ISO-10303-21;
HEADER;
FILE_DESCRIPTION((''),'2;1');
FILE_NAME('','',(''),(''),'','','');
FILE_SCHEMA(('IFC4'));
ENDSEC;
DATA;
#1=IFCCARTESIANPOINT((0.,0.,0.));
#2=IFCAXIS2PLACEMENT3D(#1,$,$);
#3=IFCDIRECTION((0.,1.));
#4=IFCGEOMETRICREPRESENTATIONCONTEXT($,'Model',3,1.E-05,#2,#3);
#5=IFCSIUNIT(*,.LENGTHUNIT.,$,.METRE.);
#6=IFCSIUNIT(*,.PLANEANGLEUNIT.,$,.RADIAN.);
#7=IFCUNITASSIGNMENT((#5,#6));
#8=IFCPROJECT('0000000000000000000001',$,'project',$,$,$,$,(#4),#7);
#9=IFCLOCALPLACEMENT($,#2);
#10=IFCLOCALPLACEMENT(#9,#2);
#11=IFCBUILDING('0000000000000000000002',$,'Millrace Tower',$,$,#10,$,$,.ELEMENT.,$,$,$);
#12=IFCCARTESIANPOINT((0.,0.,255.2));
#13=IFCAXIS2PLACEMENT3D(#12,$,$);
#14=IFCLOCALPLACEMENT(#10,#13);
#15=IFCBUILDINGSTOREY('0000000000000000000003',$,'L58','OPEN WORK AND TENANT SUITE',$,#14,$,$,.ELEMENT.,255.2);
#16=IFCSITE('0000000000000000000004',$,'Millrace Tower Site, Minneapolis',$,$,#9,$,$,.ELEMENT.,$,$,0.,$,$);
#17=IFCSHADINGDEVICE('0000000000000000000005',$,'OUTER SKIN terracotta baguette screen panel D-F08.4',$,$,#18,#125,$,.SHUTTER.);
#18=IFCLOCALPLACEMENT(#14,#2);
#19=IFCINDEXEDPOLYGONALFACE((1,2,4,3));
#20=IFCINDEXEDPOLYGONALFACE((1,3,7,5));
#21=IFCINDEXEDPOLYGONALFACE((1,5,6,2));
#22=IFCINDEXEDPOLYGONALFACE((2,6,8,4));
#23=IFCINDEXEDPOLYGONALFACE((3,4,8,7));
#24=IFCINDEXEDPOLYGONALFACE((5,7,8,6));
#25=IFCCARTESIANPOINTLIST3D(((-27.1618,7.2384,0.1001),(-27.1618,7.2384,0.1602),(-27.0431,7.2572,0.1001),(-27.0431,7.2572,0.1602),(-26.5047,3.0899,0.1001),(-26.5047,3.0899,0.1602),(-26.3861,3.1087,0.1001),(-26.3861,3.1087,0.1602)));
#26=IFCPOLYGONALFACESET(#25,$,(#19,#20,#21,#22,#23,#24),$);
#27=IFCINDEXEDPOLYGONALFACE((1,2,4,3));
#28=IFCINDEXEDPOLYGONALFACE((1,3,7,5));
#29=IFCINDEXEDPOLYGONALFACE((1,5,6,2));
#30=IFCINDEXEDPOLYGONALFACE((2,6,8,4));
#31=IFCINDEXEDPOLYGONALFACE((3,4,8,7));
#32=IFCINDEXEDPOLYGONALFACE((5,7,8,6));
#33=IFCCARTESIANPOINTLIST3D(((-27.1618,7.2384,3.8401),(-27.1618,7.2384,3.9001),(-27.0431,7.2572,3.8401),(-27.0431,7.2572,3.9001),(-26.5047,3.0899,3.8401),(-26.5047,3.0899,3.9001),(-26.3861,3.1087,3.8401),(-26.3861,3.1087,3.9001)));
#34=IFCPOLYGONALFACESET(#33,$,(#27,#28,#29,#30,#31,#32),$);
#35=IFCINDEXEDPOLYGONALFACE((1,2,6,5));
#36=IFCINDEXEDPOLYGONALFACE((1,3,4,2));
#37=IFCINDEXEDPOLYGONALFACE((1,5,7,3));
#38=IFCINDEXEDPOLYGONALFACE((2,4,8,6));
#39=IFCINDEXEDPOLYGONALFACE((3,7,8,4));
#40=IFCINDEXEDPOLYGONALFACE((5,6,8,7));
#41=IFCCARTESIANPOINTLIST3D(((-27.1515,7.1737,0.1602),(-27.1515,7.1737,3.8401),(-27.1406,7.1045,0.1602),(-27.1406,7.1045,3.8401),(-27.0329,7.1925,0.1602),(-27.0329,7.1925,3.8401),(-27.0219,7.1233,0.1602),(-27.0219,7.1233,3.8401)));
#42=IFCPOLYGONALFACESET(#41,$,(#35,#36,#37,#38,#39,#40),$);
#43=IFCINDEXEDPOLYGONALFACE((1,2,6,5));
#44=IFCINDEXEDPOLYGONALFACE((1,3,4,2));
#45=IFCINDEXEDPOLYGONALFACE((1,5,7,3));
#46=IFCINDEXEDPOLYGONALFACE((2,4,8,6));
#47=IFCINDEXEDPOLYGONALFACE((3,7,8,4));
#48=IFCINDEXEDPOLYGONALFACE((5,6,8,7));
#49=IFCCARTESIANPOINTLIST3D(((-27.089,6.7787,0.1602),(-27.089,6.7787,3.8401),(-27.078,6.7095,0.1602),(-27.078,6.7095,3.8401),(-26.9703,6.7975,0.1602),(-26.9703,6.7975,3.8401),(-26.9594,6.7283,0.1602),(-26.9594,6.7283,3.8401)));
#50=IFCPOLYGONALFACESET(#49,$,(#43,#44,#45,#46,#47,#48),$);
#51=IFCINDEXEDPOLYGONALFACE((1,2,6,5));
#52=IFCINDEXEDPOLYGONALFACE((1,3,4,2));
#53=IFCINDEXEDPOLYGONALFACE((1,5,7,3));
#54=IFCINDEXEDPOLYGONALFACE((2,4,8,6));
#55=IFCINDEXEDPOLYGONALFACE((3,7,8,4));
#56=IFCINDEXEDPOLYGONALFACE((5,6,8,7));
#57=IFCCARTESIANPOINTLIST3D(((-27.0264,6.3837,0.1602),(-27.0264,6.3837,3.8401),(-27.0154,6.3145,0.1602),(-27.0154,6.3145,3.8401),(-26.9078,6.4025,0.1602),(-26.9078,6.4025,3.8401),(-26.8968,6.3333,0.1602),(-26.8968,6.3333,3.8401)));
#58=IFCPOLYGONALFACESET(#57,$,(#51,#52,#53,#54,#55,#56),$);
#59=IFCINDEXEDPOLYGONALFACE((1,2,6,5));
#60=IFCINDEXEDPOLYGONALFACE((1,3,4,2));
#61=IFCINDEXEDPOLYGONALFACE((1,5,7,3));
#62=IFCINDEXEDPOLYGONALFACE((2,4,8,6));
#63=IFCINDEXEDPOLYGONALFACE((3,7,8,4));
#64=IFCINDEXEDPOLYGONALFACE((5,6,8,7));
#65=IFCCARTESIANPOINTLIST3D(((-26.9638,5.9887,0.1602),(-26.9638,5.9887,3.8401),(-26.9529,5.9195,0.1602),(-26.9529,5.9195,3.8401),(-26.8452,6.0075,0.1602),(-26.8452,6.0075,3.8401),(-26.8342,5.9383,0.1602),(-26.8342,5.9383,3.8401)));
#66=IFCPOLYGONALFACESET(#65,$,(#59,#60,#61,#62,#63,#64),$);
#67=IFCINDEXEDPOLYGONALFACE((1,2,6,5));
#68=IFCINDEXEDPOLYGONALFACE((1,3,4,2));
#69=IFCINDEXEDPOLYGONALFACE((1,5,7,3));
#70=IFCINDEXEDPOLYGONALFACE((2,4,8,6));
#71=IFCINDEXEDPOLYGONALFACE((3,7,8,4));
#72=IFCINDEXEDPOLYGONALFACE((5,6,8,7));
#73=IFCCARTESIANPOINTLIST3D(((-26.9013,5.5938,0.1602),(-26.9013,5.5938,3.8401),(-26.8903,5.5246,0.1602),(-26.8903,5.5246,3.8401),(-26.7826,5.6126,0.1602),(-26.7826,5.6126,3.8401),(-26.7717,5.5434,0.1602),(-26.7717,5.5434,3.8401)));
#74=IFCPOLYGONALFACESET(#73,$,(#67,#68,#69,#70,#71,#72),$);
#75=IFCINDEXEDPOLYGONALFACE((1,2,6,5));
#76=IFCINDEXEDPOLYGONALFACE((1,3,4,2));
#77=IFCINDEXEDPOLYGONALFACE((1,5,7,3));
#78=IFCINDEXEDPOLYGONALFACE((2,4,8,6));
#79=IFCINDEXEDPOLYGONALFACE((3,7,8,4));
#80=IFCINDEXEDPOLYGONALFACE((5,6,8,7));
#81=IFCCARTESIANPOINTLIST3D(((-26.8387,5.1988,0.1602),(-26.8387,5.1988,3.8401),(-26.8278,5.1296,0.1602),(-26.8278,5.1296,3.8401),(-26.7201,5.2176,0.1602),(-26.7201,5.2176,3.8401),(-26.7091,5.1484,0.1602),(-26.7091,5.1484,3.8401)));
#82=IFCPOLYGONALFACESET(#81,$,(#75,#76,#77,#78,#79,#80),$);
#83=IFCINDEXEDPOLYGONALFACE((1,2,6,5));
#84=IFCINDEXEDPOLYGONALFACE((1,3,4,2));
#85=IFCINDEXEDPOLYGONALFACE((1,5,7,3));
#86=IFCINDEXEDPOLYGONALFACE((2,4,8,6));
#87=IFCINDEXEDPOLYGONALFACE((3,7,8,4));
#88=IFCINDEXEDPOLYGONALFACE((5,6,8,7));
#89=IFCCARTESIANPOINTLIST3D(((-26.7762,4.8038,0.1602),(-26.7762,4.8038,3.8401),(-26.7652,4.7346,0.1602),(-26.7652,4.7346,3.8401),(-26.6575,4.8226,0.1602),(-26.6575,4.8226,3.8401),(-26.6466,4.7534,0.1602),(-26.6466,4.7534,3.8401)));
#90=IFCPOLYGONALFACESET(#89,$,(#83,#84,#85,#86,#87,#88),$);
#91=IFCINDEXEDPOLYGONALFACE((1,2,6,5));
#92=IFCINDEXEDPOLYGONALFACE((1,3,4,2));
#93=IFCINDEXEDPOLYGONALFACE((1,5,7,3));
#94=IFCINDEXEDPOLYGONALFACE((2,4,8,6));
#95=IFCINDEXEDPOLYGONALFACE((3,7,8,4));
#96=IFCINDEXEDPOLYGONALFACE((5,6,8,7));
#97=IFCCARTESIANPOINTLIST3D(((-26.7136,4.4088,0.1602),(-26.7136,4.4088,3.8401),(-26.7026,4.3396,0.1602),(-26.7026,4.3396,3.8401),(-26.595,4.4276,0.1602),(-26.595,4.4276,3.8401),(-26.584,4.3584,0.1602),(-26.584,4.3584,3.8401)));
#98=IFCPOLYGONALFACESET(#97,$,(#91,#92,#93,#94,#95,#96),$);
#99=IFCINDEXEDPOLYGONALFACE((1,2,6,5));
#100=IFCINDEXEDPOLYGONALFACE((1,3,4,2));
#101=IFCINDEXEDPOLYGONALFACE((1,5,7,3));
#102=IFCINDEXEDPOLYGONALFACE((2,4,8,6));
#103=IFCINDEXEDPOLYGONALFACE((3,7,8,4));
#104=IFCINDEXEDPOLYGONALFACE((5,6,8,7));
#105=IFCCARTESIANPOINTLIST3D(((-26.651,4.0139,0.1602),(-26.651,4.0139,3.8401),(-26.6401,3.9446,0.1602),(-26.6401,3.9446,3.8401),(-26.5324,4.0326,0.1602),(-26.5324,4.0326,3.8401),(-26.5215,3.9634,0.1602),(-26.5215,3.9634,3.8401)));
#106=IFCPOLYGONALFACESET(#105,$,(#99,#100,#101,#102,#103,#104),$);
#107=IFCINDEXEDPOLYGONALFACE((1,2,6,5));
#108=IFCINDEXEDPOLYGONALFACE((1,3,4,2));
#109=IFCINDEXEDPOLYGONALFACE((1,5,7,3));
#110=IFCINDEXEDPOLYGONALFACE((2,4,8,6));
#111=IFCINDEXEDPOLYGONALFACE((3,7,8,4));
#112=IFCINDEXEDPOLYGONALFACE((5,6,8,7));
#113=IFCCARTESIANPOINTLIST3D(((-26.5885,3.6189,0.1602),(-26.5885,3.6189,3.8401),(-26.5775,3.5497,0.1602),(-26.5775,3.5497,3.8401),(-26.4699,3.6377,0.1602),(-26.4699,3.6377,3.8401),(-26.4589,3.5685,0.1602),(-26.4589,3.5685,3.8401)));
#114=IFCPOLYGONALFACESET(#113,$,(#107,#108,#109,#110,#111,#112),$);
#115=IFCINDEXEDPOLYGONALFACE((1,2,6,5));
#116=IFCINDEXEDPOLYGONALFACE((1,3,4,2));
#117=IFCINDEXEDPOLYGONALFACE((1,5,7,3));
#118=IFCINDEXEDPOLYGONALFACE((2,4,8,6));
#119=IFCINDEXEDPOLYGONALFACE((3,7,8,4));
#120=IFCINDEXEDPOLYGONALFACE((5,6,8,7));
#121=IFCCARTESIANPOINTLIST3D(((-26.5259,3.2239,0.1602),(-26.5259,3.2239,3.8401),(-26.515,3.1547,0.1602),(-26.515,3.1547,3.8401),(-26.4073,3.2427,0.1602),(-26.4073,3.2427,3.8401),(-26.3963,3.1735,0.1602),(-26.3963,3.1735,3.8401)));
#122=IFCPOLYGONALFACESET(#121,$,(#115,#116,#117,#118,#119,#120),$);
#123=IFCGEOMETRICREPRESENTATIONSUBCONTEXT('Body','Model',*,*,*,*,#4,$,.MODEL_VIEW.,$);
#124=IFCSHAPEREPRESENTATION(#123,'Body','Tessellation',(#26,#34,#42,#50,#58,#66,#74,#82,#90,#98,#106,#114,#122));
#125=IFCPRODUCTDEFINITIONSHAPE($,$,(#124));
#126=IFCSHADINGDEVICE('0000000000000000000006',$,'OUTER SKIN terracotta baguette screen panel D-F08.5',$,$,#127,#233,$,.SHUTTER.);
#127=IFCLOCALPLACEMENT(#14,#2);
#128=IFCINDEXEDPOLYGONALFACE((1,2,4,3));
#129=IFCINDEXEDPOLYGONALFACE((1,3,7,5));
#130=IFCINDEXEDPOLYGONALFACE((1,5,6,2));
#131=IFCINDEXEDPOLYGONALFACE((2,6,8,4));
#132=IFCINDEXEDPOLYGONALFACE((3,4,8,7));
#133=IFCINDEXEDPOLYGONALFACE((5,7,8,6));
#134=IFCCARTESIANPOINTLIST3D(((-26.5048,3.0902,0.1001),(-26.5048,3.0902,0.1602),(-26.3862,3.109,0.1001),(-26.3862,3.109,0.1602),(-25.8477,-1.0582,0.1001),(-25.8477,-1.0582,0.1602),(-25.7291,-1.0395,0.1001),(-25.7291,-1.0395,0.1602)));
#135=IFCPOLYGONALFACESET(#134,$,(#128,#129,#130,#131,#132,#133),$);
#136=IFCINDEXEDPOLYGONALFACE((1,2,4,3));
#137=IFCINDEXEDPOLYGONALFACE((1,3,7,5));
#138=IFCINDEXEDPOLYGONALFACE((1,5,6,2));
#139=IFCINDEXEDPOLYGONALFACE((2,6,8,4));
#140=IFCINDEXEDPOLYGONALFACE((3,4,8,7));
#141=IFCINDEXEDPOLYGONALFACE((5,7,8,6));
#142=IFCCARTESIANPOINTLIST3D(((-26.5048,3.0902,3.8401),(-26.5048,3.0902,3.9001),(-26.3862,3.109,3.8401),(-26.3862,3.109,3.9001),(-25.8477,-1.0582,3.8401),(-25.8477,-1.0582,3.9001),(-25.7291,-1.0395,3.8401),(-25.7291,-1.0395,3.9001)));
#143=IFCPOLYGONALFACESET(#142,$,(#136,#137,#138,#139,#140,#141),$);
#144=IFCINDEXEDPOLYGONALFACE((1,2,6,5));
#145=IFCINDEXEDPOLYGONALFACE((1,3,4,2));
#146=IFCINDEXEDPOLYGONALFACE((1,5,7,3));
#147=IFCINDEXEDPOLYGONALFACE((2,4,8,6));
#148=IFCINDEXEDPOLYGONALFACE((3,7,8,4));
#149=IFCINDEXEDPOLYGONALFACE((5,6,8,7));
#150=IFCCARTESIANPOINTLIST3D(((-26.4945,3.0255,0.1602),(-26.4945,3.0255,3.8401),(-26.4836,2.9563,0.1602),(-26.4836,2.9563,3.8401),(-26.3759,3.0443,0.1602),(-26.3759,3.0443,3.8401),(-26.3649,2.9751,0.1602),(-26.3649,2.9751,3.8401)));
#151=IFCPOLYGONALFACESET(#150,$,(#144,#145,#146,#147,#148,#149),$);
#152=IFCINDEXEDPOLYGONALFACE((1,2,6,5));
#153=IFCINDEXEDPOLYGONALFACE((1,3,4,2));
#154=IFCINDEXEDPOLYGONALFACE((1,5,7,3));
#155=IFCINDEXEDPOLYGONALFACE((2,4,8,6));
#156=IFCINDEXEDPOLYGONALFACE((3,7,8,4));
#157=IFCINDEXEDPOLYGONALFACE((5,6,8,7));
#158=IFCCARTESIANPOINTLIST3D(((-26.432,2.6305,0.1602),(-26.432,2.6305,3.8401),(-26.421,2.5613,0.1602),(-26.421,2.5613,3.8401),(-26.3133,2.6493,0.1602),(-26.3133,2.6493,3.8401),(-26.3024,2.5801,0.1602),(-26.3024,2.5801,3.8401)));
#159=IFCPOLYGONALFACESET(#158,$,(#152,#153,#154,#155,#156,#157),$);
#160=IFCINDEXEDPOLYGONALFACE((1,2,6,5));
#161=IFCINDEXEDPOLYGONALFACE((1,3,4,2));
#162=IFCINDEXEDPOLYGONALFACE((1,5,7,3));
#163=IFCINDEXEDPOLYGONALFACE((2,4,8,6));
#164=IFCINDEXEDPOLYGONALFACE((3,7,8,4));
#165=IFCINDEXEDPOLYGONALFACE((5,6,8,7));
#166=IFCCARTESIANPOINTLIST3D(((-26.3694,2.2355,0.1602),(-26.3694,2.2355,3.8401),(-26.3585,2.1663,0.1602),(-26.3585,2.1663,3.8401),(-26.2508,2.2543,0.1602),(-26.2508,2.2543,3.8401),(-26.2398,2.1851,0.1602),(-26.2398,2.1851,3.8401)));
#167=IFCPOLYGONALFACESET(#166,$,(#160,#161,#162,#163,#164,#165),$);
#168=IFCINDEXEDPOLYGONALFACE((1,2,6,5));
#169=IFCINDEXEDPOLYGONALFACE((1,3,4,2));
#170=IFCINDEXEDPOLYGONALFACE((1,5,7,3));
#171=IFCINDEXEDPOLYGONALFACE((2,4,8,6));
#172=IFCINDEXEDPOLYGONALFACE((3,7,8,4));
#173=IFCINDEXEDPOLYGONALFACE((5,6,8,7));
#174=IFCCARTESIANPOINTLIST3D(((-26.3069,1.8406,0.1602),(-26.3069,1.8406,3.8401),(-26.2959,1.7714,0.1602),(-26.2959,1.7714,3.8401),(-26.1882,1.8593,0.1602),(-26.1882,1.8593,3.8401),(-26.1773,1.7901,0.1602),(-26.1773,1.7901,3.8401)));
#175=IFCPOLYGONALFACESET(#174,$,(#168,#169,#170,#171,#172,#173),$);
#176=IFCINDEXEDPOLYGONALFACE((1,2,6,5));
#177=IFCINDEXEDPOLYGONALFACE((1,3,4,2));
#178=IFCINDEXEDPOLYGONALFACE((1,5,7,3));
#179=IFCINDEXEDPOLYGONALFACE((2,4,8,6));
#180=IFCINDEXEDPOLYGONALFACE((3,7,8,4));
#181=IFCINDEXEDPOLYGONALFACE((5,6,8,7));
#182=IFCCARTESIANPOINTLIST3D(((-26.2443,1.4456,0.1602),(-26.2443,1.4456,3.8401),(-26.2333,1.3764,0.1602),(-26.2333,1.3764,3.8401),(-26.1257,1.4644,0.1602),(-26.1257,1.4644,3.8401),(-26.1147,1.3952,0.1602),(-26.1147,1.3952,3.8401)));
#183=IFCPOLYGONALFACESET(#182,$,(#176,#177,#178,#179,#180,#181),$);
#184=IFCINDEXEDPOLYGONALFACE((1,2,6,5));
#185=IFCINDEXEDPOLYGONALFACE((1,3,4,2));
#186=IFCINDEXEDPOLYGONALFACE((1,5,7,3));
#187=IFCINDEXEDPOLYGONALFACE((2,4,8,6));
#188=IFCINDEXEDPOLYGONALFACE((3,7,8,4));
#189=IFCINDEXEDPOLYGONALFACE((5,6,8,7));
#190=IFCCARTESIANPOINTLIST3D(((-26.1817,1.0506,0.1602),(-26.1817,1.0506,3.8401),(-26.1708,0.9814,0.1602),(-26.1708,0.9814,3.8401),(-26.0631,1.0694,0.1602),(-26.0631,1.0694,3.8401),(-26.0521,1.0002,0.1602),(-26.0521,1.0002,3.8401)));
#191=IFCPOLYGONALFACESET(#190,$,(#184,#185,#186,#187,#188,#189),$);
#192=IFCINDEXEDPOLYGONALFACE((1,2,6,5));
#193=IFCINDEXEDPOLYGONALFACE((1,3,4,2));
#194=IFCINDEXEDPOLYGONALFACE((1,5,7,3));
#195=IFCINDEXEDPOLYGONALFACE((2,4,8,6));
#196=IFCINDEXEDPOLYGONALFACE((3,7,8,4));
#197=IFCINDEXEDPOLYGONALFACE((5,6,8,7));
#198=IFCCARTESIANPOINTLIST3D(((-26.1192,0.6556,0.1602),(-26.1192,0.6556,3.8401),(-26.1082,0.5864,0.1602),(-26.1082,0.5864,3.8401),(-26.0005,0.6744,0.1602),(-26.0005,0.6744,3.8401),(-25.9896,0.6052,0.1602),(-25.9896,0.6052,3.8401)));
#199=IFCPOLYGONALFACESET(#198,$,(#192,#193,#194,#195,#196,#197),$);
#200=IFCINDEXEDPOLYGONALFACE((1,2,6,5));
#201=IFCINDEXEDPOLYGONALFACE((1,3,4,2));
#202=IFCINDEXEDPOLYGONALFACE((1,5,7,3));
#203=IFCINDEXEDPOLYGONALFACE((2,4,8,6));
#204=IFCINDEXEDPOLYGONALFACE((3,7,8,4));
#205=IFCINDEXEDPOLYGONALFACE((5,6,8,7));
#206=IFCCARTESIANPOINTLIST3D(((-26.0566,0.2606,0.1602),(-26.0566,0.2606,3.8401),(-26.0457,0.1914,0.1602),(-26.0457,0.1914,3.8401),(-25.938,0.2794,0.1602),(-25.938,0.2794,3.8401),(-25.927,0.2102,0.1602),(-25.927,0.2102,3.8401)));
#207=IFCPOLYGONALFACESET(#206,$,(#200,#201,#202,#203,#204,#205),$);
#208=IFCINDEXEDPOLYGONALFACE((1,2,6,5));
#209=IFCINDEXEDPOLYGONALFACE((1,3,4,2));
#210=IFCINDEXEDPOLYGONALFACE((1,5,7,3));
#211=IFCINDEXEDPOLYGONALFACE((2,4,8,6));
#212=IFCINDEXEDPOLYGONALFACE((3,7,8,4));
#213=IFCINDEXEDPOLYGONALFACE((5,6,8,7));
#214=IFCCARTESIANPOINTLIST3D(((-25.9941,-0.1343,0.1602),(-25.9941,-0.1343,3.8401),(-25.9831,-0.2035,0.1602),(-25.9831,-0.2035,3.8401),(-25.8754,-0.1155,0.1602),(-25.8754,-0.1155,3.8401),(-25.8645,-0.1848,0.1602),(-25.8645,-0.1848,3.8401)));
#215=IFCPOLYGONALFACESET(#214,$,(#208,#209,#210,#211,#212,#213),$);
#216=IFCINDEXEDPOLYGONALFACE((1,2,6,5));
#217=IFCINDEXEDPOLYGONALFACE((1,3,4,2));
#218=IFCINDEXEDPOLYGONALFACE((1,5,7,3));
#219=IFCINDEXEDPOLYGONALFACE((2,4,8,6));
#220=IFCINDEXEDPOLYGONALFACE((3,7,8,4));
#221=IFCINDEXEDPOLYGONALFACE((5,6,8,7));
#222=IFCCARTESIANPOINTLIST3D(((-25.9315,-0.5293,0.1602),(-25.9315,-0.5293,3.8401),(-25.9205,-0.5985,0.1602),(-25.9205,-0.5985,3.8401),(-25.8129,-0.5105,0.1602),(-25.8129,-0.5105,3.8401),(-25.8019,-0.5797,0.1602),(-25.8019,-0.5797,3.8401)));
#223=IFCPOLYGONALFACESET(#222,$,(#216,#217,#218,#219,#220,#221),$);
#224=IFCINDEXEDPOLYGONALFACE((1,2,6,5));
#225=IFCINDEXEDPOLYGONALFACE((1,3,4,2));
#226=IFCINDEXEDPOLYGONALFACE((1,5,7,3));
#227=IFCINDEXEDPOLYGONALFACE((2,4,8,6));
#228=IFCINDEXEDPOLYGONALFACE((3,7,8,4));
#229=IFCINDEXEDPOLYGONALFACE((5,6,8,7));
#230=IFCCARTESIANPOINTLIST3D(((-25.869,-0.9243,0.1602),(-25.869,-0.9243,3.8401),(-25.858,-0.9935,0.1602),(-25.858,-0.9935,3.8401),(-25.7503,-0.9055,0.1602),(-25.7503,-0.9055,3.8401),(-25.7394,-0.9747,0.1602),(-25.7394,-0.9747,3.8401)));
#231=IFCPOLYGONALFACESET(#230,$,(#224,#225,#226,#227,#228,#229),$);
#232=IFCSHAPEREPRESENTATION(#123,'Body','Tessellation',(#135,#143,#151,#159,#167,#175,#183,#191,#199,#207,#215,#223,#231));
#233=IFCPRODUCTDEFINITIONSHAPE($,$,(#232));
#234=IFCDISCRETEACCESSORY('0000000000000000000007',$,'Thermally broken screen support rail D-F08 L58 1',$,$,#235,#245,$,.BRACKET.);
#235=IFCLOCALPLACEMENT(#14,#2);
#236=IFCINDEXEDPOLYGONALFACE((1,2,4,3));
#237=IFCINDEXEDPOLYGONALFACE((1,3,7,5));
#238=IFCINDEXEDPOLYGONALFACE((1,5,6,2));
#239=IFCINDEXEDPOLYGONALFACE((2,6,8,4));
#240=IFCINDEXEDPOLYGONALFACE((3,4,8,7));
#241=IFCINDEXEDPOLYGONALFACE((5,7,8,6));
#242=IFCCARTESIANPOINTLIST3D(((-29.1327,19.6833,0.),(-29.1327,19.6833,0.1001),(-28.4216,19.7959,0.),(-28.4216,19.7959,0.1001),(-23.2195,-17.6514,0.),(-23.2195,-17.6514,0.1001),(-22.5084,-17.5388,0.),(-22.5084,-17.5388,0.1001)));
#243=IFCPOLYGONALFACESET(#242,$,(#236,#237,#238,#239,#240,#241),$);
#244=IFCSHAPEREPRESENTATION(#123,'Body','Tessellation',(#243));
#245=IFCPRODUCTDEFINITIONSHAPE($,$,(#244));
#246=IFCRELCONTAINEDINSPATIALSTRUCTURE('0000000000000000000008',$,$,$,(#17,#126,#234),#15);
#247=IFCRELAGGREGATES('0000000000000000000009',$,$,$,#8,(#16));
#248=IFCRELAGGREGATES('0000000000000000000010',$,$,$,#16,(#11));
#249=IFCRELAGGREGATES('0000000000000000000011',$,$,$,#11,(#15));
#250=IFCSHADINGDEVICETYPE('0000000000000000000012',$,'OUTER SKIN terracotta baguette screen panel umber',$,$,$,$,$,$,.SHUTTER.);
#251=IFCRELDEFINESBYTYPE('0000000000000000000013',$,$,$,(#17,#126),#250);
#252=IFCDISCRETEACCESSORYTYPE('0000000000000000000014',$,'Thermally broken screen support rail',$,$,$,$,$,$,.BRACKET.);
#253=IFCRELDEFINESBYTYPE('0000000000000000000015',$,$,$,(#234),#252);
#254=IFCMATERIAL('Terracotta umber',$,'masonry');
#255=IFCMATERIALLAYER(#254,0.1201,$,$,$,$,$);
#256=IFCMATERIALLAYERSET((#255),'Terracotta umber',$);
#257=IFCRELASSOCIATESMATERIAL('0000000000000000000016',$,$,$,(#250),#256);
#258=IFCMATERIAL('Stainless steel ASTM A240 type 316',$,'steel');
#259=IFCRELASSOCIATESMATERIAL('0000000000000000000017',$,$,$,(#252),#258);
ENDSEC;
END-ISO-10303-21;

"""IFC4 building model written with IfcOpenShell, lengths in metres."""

from ifc_helpers import new_model, entity, si_unit, direction, frame, frame_2d, origin, origin_2d, place, context, subcontext, project, spatial, rectangle, extrude, source, transform, mapped, material, layer, layer_set, type_object, element, save


model = new_model("IFC4")

# Units and contexts
model_context = context("Model", 3, precision=1e-05, world=origin(), true_north=direction((0.0, 1.0)))
body_context = subcontext(model_context, "Body", "Model", "MODEL_VIEW")
ifc_project = project(units=[si_unit("LENGTHUNIT", "METRE"), si_unit("PLANEANGLEUNIT", "RADIAN")], contexts=[model_context])

# Site, building, storey
site_placement = place(None, origin())
site = spatial("IfcSite", under=ifc_project, at=site_placement, Name="Millrace Tower Site, Minneapolis", CompositionType="ELEMENT", RefElevation=0.0)
building_placement = place(site_placement, origin())
building = spatial("IfcBuilding", under=site, at=building_placement, Name="Millrace Tower", CompositionType="ELEMENT")
storey_placement = place(building_placement, frame((0.0, 0.0, 255.2)))
storey = spatial("IfcBuildingStorey", under=building, at=storey_placement, Name="L58", Description="OPEN WORK AND TENANT SUITE", CompositionType="ELEMENT", Elevation=255.2)

# Shading devices
ifc_material_1 = material(Name="Terracotta umber", Category="masonry")
ifc_layer_1 = layer(ifc_material_1, 0.1201)
ifc_layer_set_1 = layer_set([ifc_layer_1], Name="Terracotta umber")
shading_device_type = type_object("IfcShadingDeviceType", Name="OUTER SKIN terracotta baguette screen panel umber", PredefinedType="SHUTTER", material=ifc_layer_set_1)
cartesian_point = entity("IfcCartesianPoint", [-2.1001, 0.0601])
shared_polyline = entity("IfcPolyline", [cartesian_point, entity("IfcCartesianPoint", [2.1001, 0.0601]), entity("IfcCartesianPoint", [2.1001, -0.0601]), entity("IfcCartesianPoint", [-2.1001, -0.0601]), cartesian_point])
shared_shape = source(origin(), body_context, "Body", "SweptSolid", [
    entity("IfcExtrudedAreaSolid", entity("IfcArbitraryClosedProfileDef", "AREA", None, shared_polyline), entity("IfcAxis2Placement3D", entity("IfcCartesianPoint", [0.0, 0.0, 0.0])), entity("IfcDirection", [0.0, 0.0, 1.0]), 0.0601),
    entity("IfcExtrudedAreaSolid", entity("IfcArbitraryClosedProfileDef", "AREA", None, shared_polyline), entity("IfcAxis2Placement3D", entity("IfcCartesianPoint", [0.0, 0.0, 3.74])), entity("IfcDirection", [0.0, 0.0, 1.0]), 0.0601),
    extrude(rectangle(XDim=0.0701, YDim=0.1201, at=frame_2d((-1.9995, 0.0))), frame((0.0, 0.0, 0.0601)), (0.0, 0.0, 1.0), 3.6799),
    extrude(rectangle(XDim=0.0701, YDim=0.1201, at=frame_2d((-1.5996, 0.0))), frame((0.0, 0.0, 0.0601)), (0.0, 0.0, 1.0), 3.6799),
    extrude(rectangle(XDim=0.0701, YDim=0.1201, at=frame_2d((-1.1997, 0.0))), frame((0.0, 0.0, 0.0601)), (0.0, 0.0, 1.0), 3.6799),
    extrude(rectangle(XDim=0.0701, YDim=0.1201, at=frame_2d((-0.7998, 0.0))), frame((0.0, 0.0, 0.0601)), (0.0, 0.0, 1.0), 3.6799),
    extrude(rectangle(XDim=0.0701, YDim=0.1201, at=frame_2d((-0.3999, 0.0))), frame((0.0, 0.0, 0.0601)), (0.0, 0.0, 1.0), 3.6799),
    extrude(rectangle(XDim=0.0701, YDim=0.1201, at=origin_2d()), frame((0.0, 0.0, 0.0601)), (0.0, 0.0, 1.0), 3.6799),
    extrude(rectangle(XDim=0.0701, YDim=0.1201, at=frame_2d((0.3999, 0.0))), frame((0.0, 0.0, 0.0601)), (0.0, 0.0, 1.0), 3.6799),
    extrude(rectangle(XDim=0.0701, YDim=0.1201, at=frame_2d((0.7998, 0.0))), frame((0.0, 0.0, 0.0601)), (0.0, 0.0, 1.0), 3.6799),
    extrude(rectangle(XDim=0.0701, YDim=0.1201, at=frame_2d((1.1997, 0.0))), frame((0.0, 0.0, 0.0601)), (0.0, 0.0, 1.0), 3.6799),
    extrude(rectangle(XDim=0.0701, YDim=0.1201, at=frame_2d((1.5996, 0.0))), frame((0.0, 0.0, 0.0601)), (0.0, 0.0, 1.0), 3.6799),
    extrude(rectangle(XDim=0.0701, YDim=0.1201, at=frame_2d((1.9995, 0.0))), frame((0.0, 0.0, 0.0601)), (0.0, 0.0, 1.0), 3.6799),
])
for number, where, z_axis, x_axis, name in (
    (1, (-26.7739, 5.1736, 0.1001), (0.0, 0.0, 1.0), (0.156434, -0.987688, 0.0), "OUTER SKIN terracotta baguette screen panel D-F08.4"),
    (2, (-26.1169, 1.0254, 0.1001), (0.0, 0.0, 1.0), (0.156434, -0.987688, 0.0), "OUTER SKIN terracotta baguette screen panel D-F08.5"),
):
    element("IfcShadingDevice", number, at=place(storey_placement, frame(where, z_axis=z_axis, x_axis=x_axis)), inside=storey, type_object=shading_device_type, Name=name, PredefinedType="SHUTTER", context=body_context, shape_type="MappedRepresentation", body=[
        mapped(shared_shape, transform((0.0, 0.0, 0.0), scale=1.0)),
    ])

# Discrete accessory
ifc_material_2 = material(Name="Stainless steel ASTM A240 type 316", Category="steel")
discrete_accessory_type = type_object("IfcDiscreteAccessoryType", Name="Thermally broken screen support rail", PredefinedType="BRACKET", material=ifc_material_2)
discrete_accessory_placement = place(storey_placement, frame((-25.8206, 1.0723, 0.0), z_axis=(0.0, 0.0, 1.0), x_axis=(0.156434, -0.987688, 0.0)))
element("IfcDiscreteAccessory", 3, at=discrete_accessory_placement, inside=storey, type_object=discrete_accessory_type, Name="Thermally broken screen support rail D-F08 L58 1", PredefinedType="BRACKET", context=body_context, shape_type="SweptSolid", body=[
    extrude(rectangle(XDim=37.8, YDim=0.72, at=origin_2d()), origin(), (0.0, 0.0, 1.0), 0.1001),
])

save(model, "model.ifc")
